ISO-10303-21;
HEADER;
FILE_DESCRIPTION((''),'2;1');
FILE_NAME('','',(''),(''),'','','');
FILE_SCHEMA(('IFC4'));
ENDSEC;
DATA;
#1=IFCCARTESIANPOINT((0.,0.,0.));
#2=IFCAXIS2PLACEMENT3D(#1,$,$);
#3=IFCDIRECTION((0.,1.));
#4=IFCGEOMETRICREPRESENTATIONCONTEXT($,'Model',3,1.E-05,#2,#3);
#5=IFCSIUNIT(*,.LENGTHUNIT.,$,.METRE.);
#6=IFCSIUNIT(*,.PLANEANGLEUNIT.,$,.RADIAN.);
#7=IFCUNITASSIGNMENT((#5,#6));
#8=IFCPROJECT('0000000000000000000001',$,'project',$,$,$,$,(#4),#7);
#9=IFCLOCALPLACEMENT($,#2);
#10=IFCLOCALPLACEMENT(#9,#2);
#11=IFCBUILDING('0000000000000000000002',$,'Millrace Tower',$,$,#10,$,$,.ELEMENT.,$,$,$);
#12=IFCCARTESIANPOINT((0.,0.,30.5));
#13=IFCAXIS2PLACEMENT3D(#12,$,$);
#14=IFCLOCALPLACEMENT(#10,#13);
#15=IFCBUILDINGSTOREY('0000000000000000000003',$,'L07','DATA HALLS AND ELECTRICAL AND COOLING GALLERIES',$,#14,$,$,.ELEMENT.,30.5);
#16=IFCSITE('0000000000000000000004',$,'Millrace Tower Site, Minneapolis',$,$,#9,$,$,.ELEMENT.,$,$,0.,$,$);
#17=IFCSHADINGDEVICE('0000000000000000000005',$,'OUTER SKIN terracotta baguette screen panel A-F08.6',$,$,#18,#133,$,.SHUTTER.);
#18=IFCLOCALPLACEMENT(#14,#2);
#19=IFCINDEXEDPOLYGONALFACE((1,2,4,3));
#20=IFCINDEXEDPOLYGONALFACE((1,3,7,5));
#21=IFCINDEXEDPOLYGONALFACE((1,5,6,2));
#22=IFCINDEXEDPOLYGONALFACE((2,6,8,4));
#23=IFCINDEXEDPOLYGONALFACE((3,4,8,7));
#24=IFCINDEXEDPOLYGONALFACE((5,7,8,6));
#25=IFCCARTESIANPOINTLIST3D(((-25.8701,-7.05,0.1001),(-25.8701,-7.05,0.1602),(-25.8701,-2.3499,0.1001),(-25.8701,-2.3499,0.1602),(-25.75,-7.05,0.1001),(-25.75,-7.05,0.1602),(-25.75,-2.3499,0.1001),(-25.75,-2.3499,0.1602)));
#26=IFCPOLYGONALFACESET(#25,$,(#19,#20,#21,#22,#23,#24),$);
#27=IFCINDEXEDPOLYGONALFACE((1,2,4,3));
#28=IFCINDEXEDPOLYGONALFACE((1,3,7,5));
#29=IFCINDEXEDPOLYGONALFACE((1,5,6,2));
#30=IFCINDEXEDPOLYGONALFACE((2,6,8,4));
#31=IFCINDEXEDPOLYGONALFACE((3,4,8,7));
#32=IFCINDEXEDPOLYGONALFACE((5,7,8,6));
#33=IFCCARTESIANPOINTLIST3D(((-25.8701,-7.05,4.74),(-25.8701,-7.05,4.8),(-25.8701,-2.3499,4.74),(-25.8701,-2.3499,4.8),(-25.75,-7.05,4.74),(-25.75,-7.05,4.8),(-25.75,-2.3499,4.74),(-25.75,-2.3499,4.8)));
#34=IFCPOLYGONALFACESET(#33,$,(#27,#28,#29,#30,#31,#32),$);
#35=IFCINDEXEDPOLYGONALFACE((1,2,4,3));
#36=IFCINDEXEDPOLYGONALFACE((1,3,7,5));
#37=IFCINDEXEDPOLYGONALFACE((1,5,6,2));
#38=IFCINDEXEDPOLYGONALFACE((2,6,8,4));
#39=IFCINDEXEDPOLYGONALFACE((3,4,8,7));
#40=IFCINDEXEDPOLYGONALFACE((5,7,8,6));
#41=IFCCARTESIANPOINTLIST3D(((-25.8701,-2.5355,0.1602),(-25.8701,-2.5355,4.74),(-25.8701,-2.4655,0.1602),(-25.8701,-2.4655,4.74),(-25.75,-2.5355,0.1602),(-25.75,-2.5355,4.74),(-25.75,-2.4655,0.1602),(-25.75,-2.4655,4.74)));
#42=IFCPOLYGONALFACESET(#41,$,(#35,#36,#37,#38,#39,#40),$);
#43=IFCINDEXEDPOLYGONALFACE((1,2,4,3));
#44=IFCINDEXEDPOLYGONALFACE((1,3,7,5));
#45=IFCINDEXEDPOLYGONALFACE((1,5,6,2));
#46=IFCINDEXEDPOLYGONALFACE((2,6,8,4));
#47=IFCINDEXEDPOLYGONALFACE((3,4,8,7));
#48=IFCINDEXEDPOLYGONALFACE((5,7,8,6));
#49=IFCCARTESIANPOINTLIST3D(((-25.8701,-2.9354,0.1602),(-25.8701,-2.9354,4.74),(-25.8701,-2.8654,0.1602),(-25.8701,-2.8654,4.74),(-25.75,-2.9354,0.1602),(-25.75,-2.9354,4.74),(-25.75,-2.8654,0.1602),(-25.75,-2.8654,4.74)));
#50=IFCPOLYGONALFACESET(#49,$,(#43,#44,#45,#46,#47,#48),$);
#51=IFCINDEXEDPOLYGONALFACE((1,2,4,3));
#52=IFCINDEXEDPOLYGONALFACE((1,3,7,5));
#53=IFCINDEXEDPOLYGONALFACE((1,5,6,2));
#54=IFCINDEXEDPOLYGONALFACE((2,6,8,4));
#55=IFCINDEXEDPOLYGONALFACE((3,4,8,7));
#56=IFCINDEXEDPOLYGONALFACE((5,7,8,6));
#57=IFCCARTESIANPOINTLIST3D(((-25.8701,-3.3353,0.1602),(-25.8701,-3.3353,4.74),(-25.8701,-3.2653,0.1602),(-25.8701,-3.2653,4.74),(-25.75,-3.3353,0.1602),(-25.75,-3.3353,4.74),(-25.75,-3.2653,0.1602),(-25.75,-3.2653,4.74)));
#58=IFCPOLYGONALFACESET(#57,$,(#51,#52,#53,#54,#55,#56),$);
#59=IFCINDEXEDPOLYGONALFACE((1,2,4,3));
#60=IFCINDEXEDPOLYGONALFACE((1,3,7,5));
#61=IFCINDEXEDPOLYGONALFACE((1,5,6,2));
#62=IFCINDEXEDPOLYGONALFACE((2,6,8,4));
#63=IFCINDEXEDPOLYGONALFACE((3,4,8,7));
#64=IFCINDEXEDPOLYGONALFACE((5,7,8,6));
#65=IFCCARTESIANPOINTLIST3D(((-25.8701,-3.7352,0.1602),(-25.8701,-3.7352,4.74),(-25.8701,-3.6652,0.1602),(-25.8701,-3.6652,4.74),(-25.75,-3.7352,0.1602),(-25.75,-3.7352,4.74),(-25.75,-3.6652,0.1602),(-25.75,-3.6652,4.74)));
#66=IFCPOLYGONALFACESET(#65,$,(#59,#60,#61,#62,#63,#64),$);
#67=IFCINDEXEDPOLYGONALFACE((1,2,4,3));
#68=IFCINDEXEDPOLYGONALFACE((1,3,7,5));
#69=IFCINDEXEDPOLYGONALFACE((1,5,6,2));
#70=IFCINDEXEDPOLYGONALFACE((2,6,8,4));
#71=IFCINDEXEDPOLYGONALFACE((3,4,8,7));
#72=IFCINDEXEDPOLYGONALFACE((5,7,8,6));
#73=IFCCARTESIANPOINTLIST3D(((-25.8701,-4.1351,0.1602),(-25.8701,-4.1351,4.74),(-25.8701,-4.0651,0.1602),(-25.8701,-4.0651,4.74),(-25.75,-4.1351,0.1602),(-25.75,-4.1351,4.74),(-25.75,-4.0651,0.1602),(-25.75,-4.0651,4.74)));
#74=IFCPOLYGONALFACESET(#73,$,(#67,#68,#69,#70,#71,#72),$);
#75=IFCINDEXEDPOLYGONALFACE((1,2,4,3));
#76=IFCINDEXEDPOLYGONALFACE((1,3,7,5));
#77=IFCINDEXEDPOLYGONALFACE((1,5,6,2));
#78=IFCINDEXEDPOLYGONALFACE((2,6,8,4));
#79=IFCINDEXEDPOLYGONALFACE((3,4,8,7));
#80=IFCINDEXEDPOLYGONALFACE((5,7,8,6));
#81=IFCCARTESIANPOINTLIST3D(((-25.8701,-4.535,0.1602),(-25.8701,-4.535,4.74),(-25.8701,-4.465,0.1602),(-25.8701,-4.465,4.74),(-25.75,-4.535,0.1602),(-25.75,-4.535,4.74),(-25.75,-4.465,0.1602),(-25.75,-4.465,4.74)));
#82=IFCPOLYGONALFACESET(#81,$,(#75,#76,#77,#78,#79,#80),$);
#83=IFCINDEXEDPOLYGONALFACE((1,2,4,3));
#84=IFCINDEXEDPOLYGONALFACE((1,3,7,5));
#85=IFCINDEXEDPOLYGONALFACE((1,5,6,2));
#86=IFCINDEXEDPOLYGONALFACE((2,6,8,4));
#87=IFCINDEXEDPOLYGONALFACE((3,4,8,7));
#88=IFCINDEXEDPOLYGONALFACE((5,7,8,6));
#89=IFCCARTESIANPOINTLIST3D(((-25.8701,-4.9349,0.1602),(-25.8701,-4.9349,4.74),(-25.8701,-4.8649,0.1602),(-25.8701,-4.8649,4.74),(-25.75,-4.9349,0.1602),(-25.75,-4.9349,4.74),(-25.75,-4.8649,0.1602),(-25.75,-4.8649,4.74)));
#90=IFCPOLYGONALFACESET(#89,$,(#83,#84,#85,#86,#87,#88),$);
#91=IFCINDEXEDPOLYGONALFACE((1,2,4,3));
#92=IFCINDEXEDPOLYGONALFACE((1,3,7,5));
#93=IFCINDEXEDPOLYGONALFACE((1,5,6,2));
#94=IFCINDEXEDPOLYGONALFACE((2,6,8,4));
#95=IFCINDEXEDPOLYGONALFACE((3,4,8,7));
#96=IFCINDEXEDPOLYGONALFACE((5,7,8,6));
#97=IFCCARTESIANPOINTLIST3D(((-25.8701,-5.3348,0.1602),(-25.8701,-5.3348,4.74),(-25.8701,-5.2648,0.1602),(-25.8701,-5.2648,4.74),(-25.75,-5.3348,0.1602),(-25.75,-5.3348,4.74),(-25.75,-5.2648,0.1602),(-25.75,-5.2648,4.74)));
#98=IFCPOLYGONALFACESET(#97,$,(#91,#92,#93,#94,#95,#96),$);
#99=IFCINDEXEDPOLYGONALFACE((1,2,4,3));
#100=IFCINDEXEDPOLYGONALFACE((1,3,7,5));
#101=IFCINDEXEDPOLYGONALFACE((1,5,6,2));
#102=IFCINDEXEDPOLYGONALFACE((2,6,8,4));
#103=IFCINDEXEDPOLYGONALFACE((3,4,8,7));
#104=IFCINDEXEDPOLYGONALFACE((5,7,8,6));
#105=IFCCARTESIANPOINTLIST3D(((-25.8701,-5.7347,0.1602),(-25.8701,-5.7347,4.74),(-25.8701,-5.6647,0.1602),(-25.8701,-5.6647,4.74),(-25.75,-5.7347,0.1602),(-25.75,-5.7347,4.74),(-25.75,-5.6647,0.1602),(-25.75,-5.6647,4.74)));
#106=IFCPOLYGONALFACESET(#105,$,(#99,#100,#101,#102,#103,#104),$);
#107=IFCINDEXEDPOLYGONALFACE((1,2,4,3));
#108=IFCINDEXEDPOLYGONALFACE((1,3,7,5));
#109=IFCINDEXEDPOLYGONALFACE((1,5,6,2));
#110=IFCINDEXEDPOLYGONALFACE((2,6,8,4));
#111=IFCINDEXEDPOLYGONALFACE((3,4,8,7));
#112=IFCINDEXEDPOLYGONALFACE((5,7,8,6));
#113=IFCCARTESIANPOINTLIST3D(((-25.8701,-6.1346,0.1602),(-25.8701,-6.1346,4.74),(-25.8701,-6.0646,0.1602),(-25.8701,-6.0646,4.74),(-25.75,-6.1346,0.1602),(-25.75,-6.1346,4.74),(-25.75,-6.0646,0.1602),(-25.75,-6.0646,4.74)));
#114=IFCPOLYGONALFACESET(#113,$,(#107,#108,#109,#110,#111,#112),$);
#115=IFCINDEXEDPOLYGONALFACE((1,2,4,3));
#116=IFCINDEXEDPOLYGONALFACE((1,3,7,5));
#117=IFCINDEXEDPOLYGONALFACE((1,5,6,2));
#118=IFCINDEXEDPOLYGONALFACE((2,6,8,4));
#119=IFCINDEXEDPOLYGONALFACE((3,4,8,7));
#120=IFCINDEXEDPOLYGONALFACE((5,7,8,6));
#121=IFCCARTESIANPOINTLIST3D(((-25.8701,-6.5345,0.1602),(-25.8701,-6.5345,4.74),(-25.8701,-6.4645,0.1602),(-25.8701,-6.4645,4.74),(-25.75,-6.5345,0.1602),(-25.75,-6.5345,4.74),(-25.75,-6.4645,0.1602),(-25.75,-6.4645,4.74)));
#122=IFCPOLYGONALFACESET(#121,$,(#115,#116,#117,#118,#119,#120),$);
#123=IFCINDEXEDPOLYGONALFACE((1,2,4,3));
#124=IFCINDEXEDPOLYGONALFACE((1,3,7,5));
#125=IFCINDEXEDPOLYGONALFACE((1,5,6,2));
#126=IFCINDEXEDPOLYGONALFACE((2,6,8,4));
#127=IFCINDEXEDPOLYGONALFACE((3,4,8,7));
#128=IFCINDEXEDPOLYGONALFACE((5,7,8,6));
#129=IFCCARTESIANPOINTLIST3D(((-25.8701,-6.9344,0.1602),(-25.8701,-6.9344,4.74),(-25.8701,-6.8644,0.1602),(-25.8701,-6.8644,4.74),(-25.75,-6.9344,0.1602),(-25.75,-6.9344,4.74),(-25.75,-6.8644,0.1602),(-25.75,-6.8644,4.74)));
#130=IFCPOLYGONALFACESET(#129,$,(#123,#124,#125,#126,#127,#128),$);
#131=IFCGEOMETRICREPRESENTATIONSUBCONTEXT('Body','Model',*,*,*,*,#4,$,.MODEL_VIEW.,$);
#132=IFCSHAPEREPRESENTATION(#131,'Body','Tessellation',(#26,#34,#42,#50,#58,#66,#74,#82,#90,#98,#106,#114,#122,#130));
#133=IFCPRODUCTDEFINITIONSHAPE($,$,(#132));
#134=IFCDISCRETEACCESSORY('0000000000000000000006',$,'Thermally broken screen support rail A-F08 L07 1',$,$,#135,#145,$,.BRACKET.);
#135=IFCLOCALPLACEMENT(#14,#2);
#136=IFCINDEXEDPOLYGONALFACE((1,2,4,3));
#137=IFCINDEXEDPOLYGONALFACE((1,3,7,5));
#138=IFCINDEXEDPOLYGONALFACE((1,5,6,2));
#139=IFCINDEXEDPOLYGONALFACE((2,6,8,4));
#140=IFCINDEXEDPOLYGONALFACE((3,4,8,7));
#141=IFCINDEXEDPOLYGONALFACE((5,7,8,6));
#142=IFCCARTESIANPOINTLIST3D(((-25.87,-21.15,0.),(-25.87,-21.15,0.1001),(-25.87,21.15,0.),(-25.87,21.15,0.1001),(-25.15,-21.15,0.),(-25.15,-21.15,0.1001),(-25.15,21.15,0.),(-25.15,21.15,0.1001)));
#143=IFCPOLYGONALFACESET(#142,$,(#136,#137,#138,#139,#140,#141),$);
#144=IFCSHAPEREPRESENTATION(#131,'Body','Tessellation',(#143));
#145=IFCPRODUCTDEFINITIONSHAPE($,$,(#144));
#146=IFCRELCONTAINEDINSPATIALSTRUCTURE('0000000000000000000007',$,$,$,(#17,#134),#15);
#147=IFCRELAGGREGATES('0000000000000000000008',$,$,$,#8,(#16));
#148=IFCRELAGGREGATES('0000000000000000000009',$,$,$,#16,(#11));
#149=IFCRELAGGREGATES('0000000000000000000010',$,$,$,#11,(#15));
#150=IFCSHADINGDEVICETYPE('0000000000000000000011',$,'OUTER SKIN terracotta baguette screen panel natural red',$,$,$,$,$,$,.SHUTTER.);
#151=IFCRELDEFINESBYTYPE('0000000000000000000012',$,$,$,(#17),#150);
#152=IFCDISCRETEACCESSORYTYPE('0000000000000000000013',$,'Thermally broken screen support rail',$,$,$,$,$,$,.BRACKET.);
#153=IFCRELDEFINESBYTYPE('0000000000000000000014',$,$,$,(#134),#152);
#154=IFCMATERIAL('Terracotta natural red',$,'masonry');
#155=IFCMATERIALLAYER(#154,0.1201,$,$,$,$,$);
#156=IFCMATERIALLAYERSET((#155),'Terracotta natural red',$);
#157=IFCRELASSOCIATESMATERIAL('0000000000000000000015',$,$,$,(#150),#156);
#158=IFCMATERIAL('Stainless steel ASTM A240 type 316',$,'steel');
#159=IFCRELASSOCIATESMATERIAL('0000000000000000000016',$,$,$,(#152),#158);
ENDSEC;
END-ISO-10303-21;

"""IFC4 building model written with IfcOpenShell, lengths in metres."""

from ifc_helpers import new_model, entity, si_unit, direction, frame, frame_2d, origin, origin_2d, place, context, subcontext, project, spatial, rectangle, extrude, source, transform, mapped, material, layer, layer_set, type_object, element, save


model = new_model("IFC4")

# Units and contexts
model_context = context("Model", 3, precision=1e-05, world=origin(), true_north=direction((0.0, 1.0)))
body_context = subcontext(model_context, "Body", "Model", "MODEL_VIEW")
ifc_project = project(units=[si_unit("LENGTHUNIT", "METRE"), si_unit("PLANEANGLEUNIT", "RADIAN")], contexts=[model_context])

# Site, building, storey
site_placement = place(None, origin())
site = spatial("IfcSite", under=ifc_project, at=site_placement, Name="Millrace Tower Site, Minneapolis", CompositionType="ELEMENT", RefElevation=0.0)
building_placement = place(site_placement, origin())
building = spatial("IfcBuilding", under=site, at=building_placement, Name="Millrace Tower", CompositionType="ELEMENT")
storey_placement = place(building_placement, frame((0.0, 0.0, 30.5)))
storey = spatial("IfcBuildingStorey", under=building, at=storey_placement, Name="L07", Description="DATA HALLS AND ELECTRICAL AND COOLING GALLERIES", CompositionType="ELEMENT", Elevation=30.5)

# Shading device
cartesian_point = entity("IfcCartesianPoint", [-2.3501, 0.0601])
shared_polyline = entity("IfcPolyline", [cartesian_point, entity("IfcCartesianPoint", [2.3501, 0.0601]), entity("IfcCartesianPoint", [2.3501, -0.0601]), entity("IfcCartesianPoint", [-2.3501, -0.0601]), cartesian_point])
ifc_material_1 = material(Name="Terracotta natural red", Category="masonry")
ifc_layer_1 = layer(ifc_material_1, 0.1201)
ifc_layer_set_1 = layer_set([ifc_layer_1], Name="Terracotta natural red")
shading_device_type_1 = type_object("IfcShadingDeviceType", Name="OUTER SKIN terracotta baguette screen panel natural red", PredefinedType="SHUTTER", material=ifc_layer_set_1)
shared_shape_1 = source(origin(), body_context, "Body", "SweptSolid", [
    entity("IfcExtrudedAreaSolid", entity("IfcArbitraryClosedProfileDef", "AREA", None, shared_polyline), entity("IfcAxis2Placement3D", entity("IfcCartesianPoint", [0.0, 0.0, 0.0])), entity("IfcDirection", [0.0, 0.0, 1.0]), 0.0601),
    entity("IfcExtrudedAreaSolid", entity("IfcArbitraryClosedProfileDef", "AREA", None, shared_polyline), entity("IfcAxis2Placement3D", entity("IfcCartesianPoint", [0.0, 0.0, 4.6399])), entity("IfcDirection", [0.0, 0.0, 1.0]), 0.0601),
    extrude(rectangle(XDim=0.0701, YDim=0.1201, at=frame_2d((-2.1995, 0.0))), frame((0.0, 0.0, 0.0601)), (0.0, 0.0, 1.0), 4.5798),
    extrude(rectangle(XDim=0.0701, YDim=0.1201, at=frame_2d((-1.7996, 0.0))), frame((0.0, 0.0, 0.0601)), (0.0, 0.0, 1.0), 4.5798),
    extrude(rectangle(XDim=0.0701, YDim=0.1201, at=frame_2d((-1.3997, 0.0))), frame((0.0, 0.0, 0.0601)), (0.0, 0.0, 1.0), 4.5798),
    extrude(rectangle(XDim=0.0701, YDim=0.1201, at=frame_2d((-0.9998, 0.0))), frame((0.0, 0.0, 0.0601)), (0.0, 0.0, 1.0), 4.5798),
    extrude(rectangle(XDim=0.0701, YDim=0.1201, at=frame_2d((-0.5999, 0.0))), frame((0.0, 0.0, 0.0601)), (0.0, 0.0, 1.0), 4.5798),
    extrude(rectangle(XDim=0.0701, YDim=0.1201, at=frame_2d((-0.2, 0.0))), frame((0.0, 0.0, 0.0601)), (0.0, 0.0, 1.0), 4.5798),
    extrude(rectangle(XDim=0.0701, YDim=0.1201, at=frame_2d((0.2, 0.0))), frame((0.0, 0.0, 0.0601)), (0.0, 0.0, 1.0), 4.5798),
    extrude(rectangle(XDim=0.0701, YDim=0.1201, at=frame_2d((0.5999, 0.0))), frame((0.0, 0.0, 0.0601)), (0.0, 0.0, 1.0), 4.5798),
    extrude(rectangle(XDim=0.0701, YDim=0.1201, at=frame_2d((0.9998, 0.0))), frame((0.0, 0.0, 0.0601)), (0.0, 0.0, 1.0), 4.5798),
    extrude(rectangle(XDim=0.0701, YDim=0.1201, at=frame_2d((1.3997, 0.0))), frame((0.0, 0.0, 0.0601)), (0.0, 0.0, 1.0), 4.5798),
    extrude(rectangle(XDim=0.0701, YDim=0.1201, at=frame_2d((1.7996, 0.0))), frame((0.0, 0.0, 0.0601)), (0.0, 0.0, 1.0), 4.5798),
    extrude(rectangle(XDim=0.0701, YDim=0.1201, at=frame_2d((2.1995, 0.0))), frame((0.0, 0.0, 0.0601)), (0.0, 0.0, 1.0), 4.5798),
])
shading_device_1_placement = place(storey_placement, frame((-25.8101, -4.7, 0.1001), z_axis=(0.0, 0.0, 1.0), x_axis=(0.0, -1.0, 0.0)))
element("IfcShadingDevice", 1, at=shading_device_1_placement, inside=storey, type_object=shading_device_type_1, Name="OUTER SKIN terracotta baguette screen panel A-F08.6", PredefinedType="SHUTTER", context=body_context, shape_type="MappedRepresentation", body=[
    mapped(shared_shape_1, transform((0.0, 0.0, 0.0), scale=1.0)),
])

# Discrete accessory
ifc_material_2 = material(Name="Stainless steel ASTM A240 type 316", Category="steel")
discrete_accessory_type = type_object("IfcDiscreteAccessoryType", Name="Thermally broken screen support rail", PredefinedType="BRACKET", material=ifc_material_2)
discrete_accessory_placement = place(storey_placement, frame((-25.51, 0.0, 0.0), z_axis=(0.0, 0.0, 1.0), x_axis=(0.0, -1.0, 0.0)))
element("IfcDiscreteAccessory", 2, at=discrete_accessory_placement, inside=storey, type_object=discrete_accessory_type, Name="Thermally broken screen support rail A-F08 L07 1", PredefinedType="BRACKET", context=body_context, shape_type="SweptSolid", body=[
    extrude(rectangle(XDim=42.3, YDim=0.72, at=origin_2d()), origin(), (0.0, 0.0, 1.0), 0.1001),
])

save(model, "model.ifc")
